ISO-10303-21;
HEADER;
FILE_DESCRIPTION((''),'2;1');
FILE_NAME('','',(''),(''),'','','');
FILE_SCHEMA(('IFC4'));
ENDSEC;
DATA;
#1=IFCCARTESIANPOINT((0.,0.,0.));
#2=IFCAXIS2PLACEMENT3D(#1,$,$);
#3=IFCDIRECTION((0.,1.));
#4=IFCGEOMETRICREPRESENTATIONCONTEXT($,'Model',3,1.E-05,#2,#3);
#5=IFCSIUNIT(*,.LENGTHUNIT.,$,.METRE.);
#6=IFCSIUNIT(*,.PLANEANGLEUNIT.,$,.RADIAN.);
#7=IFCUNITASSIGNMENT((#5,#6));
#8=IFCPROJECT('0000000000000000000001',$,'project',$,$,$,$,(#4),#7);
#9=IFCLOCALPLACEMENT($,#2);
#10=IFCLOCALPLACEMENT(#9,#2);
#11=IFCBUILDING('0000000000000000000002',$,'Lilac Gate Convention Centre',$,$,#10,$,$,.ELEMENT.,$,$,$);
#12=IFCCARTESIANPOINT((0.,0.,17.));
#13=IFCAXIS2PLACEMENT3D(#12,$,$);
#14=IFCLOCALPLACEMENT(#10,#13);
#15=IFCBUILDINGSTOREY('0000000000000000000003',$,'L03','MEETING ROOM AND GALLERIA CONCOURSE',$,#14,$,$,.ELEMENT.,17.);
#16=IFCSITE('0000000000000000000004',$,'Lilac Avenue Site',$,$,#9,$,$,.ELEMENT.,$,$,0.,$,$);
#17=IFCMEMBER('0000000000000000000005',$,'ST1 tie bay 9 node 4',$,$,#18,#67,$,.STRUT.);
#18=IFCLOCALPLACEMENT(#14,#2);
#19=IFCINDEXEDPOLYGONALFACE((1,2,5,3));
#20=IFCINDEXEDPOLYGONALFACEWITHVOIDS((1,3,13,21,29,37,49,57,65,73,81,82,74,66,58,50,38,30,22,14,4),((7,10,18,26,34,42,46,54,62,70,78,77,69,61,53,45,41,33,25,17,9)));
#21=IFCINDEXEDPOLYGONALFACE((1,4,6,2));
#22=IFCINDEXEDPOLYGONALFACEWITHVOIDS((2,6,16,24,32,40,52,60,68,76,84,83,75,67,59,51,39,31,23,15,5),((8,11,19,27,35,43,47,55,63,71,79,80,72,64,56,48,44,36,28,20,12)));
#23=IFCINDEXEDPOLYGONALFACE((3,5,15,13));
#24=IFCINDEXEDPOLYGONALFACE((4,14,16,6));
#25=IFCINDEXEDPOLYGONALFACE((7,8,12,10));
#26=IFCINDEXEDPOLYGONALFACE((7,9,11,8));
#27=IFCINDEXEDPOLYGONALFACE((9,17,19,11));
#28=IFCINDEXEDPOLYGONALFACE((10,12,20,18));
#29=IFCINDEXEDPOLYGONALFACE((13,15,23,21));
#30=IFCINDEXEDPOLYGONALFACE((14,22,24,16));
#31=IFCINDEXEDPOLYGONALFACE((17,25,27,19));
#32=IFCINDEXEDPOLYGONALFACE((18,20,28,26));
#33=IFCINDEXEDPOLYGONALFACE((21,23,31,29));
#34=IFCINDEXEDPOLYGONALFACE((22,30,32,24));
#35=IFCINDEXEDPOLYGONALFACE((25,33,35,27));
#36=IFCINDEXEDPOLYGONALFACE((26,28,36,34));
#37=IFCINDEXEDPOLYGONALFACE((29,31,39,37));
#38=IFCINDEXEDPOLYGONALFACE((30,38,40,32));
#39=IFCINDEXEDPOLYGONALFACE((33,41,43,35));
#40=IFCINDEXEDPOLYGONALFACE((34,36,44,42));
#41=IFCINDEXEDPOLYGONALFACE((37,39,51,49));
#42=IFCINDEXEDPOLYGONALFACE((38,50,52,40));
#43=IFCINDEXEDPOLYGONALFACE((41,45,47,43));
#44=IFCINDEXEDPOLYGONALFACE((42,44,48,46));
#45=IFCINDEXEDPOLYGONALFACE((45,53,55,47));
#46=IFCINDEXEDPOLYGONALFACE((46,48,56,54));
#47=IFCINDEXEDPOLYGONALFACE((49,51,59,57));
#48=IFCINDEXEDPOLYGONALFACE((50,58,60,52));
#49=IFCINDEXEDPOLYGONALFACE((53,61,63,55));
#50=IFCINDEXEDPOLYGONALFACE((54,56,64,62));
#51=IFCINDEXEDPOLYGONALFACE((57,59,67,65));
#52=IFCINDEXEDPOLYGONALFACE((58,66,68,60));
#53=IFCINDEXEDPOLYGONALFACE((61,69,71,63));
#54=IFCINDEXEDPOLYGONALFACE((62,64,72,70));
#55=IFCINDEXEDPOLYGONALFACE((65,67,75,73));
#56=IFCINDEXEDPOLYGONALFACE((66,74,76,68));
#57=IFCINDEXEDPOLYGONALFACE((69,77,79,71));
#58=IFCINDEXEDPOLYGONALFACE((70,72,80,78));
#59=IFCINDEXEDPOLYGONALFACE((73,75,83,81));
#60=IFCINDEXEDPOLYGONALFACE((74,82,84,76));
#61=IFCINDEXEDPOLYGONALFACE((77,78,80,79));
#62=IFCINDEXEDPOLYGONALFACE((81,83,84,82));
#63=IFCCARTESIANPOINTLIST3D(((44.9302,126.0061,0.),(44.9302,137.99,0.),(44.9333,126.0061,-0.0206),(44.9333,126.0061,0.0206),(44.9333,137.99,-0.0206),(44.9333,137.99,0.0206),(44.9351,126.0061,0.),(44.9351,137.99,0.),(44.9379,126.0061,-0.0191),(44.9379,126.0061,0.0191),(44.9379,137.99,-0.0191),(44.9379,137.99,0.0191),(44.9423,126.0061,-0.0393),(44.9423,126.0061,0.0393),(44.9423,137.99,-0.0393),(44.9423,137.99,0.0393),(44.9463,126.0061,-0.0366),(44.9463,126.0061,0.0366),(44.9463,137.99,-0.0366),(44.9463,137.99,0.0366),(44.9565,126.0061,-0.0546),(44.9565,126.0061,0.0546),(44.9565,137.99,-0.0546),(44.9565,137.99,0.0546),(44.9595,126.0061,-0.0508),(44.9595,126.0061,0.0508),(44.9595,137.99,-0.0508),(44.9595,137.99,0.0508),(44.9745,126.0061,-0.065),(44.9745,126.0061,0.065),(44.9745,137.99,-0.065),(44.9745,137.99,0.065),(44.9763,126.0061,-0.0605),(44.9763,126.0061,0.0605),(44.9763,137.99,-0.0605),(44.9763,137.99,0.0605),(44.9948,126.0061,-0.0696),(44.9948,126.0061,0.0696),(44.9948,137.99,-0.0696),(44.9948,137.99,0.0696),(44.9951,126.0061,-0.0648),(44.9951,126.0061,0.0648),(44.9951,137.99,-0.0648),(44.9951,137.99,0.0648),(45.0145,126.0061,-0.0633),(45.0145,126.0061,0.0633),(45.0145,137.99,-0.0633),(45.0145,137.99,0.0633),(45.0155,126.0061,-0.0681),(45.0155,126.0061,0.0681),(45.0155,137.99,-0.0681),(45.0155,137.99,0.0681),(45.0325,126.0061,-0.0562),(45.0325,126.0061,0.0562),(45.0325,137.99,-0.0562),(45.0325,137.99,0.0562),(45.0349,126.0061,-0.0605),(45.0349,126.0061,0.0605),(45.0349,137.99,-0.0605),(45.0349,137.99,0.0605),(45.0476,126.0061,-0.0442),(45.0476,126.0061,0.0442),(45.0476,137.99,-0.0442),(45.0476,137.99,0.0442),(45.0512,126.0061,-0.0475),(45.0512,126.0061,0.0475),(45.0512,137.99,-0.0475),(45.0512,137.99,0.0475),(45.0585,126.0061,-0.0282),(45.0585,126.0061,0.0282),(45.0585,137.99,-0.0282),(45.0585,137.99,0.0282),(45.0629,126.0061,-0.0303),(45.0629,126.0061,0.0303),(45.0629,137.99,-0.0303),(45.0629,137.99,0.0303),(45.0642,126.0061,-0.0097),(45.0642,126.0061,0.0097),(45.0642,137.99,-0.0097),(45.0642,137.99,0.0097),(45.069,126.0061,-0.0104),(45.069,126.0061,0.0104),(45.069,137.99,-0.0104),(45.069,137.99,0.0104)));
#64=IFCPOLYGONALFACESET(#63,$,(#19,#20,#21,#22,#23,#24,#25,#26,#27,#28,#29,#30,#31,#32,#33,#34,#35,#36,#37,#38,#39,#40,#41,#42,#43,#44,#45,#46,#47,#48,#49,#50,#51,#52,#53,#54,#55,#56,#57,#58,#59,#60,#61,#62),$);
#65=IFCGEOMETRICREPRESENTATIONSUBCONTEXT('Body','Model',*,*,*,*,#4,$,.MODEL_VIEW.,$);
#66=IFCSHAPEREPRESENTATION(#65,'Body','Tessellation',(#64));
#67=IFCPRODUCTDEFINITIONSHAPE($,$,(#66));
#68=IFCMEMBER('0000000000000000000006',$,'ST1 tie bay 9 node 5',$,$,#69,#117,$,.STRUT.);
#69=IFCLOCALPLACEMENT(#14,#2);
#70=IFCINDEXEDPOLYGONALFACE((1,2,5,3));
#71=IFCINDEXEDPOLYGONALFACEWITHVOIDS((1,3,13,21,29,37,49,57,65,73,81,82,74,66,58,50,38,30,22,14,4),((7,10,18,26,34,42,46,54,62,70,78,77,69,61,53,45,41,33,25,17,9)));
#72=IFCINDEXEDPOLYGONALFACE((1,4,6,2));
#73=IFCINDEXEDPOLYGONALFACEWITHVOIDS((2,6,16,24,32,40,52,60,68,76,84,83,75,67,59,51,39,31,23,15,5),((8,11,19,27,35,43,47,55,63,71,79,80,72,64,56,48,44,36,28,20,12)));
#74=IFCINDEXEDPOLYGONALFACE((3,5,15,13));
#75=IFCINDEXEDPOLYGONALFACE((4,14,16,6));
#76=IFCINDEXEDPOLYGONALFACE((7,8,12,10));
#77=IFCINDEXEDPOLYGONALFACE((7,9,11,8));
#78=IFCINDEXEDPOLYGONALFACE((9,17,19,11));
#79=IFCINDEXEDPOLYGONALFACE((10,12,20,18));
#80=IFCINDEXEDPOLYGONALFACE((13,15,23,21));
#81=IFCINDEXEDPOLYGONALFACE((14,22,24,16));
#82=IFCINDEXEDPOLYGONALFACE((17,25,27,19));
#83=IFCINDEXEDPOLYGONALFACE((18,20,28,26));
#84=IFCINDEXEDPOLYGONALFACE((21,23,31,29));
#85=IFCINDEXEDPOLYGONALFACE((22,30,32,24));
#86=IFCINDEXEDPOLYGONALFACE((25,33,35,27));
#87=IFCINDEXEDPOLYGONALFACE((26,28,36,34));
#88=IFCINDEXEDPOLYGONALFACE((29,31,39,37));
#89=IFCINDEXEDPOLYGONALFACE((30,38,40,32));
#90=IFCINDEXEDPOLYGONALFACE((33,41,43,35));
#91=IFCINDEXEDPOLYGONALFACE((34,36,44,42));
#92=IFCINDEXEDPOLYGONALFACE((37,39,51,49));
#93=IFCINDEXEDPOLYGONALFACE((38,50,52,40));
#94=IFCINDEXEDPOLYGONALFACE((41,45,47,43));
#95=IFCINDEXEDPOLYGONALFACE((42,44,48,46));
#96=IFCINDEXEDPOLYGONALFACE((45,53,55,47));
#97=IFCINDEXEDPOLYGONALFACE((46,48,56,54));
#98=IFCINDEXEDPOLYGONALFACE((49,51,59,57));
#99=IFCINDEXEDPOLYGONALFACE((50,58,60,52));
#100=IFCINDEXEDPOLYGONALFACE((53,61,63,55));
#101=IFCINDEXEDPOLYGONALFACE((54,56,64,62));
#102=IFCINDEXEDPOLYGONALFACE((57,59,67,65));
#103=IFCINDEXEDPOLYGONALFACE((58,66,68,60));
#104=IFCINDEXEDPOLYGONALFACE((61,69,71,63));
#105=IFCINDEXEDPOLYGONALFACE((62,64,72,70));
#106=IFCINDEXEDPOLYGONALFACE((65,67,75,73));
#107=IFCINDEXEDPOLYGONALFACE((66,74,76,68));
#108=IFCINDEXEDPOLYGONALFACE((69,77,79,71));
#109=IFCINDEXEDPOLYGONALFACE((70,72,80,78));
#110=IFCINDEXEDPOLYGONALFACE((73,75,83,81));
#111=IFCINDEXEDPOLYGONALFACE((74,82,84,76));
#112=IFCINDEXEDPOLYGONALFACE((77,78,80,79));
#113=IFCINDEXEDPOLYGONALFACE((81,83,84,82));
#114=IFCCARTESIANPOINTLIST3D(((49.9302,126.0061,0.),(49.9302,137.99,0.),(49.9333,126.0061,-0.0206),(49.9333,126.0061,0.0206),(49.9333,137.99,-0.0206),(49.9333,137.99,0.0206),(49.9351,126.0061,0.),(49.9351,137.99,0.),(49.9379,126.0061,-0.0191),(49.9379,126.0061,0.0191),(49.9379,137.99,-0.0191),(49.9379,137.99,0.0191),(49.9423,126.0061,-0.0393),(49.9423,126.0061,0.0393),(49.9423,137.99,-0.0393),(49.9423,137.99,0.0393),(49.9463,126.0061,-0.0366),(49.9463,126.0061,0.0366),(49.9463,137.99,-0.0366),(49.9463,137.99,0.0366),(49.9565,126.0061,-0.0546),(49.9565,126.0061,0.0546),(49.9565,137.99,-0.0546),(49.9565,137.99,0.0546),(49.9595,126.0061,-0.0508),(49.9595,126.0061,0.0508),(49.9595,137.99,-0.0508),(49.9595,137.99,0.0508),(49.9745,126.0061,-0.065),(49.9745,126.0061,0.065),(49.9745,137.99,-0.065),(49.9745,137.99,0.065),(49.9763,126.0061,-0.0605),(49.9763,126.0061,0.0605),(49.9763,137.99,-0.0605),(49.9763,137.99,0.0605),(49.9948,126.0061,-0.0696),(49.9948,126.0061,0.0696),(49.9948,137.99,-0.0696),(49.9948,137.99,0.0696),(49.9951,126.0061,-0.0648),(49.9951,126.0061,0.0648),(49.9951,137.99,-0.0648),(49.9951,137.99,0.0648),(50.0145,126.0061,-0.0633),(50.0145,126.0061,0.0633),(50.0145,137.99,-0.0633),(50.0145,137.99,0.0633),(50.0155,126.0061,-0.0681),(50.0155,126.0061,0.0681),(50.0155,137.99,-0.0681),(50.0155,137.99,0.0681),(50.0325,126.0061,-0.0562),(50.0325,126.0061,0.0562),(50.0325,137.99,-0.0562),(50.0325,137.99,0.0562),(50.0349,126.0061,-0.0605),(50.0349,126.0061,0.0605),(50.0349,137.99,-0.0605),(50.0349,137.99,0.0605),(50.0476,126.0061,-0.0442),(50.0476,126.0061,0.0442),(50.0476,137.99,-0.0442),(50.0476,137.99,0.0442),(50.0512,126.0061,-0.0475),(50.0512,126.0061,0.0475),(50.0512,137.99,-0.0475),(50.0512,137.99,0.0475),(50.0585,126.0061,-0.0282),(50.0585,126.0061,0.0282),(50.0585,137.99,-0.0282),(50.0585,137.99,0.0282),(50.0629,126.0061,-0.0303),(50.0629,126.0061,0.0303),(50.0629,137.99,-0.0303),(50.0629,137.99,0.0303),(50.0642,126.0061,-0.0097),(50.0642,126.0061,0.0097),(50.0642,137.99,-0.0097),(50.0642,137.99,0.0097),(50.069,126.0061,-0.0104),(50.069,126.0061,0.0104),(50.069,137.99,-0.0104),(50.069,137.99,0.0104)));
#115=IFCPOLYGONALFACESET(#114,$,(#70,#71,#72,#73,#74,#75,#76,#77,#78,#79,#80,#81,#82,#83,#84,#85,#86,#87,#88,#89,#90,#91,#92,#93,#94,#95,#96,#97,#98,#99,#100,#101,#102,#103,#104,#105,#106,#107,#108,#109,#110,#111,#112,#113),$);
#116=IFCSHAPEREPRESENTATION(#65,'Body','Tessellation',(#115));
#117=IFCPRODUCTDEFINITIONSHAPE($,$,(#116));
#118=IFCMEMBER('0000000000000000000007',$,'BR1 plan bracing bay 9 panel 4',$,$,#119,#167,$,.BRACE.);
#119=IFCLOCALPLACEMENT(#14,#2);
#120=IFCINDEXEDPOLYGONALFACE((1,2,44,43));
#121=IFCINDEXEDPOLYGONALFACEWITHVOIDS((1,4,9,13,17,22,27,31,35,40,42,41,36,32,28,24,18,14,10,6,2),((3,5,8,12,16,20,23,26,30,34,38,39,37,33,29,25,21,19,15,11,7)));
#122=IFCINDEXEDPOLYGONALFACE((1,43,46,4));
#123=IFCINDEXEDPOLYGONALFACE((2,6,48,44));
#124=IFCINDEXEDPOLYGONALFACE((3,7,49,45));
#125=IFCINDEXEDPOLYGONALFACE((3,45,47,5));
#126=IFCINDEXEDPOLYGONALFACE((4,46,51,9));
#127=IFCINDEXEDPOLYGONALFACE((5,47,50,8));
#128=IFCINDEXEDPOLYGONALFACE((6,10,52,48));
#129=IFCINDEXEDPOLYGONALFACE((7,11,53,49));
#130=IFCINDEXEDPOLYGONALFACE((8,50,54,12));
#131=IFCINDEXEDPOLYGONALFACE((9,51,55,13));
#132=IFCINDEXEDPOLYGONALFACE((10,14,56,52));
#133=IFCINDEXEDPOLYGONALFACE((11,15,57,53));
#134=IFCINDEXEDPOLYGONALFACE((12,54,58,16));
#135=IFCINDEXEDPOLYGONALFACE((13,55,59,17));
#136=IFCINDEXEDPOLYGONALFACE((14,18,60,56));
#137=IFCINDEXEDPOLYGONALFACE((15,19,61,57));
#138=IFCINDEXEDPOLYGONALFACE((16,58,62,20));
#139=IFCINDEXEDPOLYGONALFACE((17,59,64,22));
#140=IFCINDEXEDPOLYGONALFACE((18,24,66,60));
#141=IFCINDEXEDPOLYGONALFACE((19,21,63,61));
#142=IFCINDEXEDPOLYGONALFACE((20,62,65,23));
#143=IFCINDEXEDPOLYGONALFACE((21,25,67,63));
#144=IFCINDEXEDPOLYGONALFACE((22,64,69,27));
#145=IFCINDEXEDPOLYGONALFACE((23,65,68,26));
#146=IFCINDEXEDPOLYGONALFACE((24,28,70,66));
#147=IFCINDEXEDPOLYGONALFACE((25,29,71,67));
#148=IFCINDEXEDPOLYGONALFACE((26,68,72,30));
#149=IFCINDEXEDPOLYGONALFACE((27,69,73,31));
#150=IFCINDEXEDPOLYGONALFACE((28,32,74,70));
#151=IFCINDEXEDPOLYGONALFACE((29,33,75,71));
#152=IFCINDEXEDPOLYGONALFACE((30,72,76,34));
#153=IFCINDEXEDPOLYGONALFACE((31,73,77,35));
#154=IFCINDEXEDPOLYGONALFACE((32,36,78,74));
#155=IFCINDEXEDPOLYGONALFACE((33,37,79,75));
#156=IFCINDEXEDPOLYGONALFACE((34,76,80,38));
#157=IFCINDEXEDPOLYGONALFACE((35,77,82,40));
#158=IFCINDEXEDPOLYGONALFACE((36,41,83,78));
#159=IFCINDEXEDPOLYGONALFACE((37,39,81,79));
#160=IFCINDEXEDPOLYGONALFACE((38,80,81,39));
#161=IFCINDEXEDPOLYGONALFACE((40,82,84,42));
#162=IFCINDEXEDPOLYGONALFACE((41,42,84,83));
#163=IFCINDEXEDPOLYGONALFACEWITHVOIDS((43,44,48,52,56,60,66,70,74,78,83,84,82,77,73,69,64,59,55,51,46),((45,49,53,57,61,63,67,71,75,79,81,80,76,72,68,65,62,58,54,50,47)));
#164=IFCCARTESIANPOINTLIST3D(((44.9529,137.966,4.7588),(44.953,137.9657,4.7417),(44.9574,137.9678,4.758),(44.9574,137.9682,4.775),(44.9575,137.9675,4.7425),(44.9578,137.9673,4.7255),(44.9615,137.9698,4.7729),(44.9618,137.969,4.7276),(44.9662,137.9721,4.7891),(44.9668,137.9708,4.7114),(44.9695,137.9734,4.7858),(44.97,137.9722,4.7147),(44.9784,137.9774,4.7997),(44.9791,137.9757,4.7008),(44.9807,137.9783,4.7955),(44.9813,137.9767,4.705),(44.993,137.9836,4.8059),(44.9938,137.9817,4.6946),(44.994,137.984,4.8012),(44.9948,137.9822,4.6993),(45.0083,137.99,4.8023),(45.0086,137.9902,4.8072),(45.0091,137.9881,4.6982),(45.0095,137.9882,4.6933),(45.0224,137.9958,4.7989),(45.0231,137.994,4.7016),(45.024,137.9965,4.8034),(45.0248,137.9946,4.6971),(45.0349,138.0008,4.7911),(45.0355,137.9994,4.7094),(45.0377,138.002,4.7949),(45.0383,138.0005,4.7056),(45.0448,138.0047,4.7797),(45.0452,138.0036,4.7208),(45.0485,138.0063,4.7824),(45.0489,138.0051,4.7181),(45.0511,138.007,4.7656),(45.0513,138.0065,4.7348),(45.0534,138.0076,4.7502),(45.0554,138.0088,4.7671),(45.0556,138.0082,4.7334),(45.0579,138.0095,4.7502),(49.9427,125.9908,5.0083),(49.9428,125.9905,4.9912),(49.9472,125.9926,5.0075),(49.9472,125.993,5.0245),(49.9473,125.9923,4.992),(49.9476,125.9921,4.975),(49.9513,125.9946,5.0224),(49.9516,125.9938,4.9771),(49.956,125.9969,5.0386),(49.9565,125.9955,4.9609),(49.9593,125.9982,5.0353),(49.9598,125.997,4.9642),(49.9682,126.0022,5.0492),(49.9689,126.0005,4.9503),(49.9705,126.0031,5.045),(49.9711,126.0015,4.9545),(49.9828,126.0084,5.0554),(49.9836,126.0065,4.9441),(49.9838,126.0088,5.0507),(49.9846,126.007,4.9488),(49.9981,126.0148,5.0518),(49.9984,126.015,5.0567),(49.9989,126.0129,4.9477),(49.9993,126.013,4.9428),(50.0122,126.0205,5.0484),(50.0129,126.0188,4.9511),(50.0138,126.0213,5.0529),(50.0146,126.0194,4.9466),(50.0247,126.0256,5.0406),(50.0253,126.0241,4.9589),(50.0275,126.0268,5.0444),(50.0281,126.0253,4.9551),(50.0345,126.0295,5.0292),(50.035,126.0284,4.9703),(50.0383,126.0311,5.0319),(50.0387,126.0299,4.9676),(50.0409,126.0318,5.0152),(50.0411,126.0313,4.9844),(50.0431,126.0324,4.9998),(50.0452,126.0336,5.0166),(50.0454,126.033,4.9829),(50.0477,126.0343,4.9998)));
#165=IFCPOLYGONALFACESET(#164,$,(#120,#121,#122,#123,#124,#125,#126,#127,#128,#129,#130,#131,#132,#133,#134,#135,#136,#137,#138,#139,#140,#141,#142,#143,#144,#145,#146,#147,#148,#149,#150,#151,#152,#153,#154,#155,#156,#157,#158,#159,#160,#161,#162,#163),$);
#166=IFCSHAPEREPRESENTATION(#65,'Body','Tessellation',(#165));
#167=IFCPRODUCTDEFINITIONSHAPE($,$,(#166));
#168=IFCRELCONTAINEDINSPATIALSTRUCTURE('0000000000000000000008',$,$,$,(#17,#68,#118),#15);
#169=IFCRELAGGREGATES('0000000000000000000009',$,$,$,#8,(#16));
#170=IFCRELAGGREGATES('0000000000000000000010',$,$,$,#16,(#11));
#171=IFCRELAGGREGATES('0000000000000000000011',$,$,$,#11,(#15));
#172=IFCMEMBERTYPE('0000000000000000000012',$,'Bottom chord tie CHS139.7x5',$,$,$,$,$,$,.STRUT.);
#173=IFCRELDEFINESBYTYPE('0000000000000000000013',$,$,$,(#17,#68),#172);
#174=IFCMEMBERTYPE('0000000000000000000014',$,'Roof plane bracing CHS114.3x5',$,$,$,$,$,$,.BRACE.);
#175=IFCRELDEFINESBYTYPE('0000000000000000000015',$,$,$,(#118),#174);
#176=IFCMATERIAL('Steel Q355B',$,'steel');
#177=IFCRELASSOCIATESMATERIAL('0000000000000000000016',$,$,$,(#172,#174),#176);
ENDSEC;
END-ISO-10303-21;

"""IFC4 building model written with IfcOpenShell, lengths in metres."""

from ifc_helpers import new_model, si_unit, direction, frame, origin, origin_2d, place, context, subcontext, project, spatial, hollow_circle, extrude, material, material_profile, profile_set, type_object, element, save


model = new_model("IFC4")

# Units and contexts
model_context = context("Model", 3, precision=1e-05, world=origin(), true_north=direction((0.0, 1.0)))
body_context = subcontext(model_context, "Body", "Model", "MODEL_VIEW")
ifc_project = project(units=[si_unit("LENGTHUNIT", "METRE"), si_unit("PLANEANGLEUNIT", "RADIAN")], contexts=[model_context])

# Site, building, storey
site_placement = place(None, origin())
site = spatial("IfcSite", under=ifc_project, at=site_placement, Name="Lilac Avenue Site", CompositionType="ELEMENT", RefElevation=0.0)
building_placement = place(site_placement, origin())
building = spatial("IfcBuilding", under=site, at=building_placement, Name="Lilac Gate Convention Centre", CompositionType="ELEMENT")
storey_placement = place(building_placement, frame((0.0, 0.0, 17.0)))
storey = spatial("IfcBuildingStorey", under=building, at=storey_placement, Name="L03", Description="MEETING ROOM AND GALLERIA CONCOURSE", CompositionType="ELEMENT", Elevation=17.0)

# Members
ifc_material = material(Name="Steel Q355B", Category="steel")
ifc_material_profile_1 = material_profile(ifc_material, hollow_circle(Radius=0.0698, WallThickness=0.0049, at=origin_2d()), Name="CHS139.7x5")
ifc_profile_set_1 = profile_set([ifc_material_profile_1], Name="Steel Q355B")
member_type_1 = type_object("IfcMemberType", Name="Bottom chord tie CHS139.7x5", PredefinedType="STRUT", material=ifc_profile_set_1)
for number, where, z_axis, x_axis, name in (
    (1, (45.0, 126.0061, 0.0), (0.0, 1.0, 0.0), (-1.0, 0.0, 0.0), "ST1 tie bay 9 node 4"),
    (2, (50.0, 126.0061, 0.0), (0.0, 1.0, 0.0), (-1.0, 0.0, 0.0), "ST1 tie bay 9 node 5"),
):
    element("IfcMember", number, at=place(storey_placement, frame(where, z_axis=z_axis, x_axis=x_axis)), inside=storey, type_object=member_type_1, Name=name, PredefinedType="STRUT", context=body_context, shape_type="SweptSolid", body=[
        extrude(hollow_circle(Radius=0.0698, WallThickness=0.0049, at=origin_2d()), origin(), (0.0, 0.0, 1.0), 11.9839),
    ])
ifc_material_profile_2 = material_profile(ifc_material, hollow_circle(Radius=0.0571, WallThickness=0.0049, at=origin_2d()), Name="CHS114.3x5")
ifc_profile_set_2 = profile_set([ifc_material_profile_2], Name="Steel Q355B")
member_type_2 = type_object("IfcMemberType", Name="Roof plane bracing CHS114.3x5", PredefinedType="BRACE", material=ifc_profile_set_2)
for number, where, z_axis, x_axis, name in (
    (3, (45.0051, 137.9875, 4.7502), (0.384552, -0.922903, 0.019229), (0.923074, 0.384623, 0.0), "BR1 plan bracing bay 9 panel 4"),
):
    element("IfcMember", number, at=place(storey_placement, frame(where, z_axis=z_axis, x_axis=x_axis)), inside=storey, type_object=member_type_2, Name=name, PredefinedType="BRACE", context=body_context, shape_type="SweptSolid", body=[
        extrude(hollow_circle(Radius=0.0571, WallThickness=0.0049, at=origin_2d()), origin(), (0.0, 0.0, 1.0), 12.9756),
    ])

save(model, "model.ifc")
